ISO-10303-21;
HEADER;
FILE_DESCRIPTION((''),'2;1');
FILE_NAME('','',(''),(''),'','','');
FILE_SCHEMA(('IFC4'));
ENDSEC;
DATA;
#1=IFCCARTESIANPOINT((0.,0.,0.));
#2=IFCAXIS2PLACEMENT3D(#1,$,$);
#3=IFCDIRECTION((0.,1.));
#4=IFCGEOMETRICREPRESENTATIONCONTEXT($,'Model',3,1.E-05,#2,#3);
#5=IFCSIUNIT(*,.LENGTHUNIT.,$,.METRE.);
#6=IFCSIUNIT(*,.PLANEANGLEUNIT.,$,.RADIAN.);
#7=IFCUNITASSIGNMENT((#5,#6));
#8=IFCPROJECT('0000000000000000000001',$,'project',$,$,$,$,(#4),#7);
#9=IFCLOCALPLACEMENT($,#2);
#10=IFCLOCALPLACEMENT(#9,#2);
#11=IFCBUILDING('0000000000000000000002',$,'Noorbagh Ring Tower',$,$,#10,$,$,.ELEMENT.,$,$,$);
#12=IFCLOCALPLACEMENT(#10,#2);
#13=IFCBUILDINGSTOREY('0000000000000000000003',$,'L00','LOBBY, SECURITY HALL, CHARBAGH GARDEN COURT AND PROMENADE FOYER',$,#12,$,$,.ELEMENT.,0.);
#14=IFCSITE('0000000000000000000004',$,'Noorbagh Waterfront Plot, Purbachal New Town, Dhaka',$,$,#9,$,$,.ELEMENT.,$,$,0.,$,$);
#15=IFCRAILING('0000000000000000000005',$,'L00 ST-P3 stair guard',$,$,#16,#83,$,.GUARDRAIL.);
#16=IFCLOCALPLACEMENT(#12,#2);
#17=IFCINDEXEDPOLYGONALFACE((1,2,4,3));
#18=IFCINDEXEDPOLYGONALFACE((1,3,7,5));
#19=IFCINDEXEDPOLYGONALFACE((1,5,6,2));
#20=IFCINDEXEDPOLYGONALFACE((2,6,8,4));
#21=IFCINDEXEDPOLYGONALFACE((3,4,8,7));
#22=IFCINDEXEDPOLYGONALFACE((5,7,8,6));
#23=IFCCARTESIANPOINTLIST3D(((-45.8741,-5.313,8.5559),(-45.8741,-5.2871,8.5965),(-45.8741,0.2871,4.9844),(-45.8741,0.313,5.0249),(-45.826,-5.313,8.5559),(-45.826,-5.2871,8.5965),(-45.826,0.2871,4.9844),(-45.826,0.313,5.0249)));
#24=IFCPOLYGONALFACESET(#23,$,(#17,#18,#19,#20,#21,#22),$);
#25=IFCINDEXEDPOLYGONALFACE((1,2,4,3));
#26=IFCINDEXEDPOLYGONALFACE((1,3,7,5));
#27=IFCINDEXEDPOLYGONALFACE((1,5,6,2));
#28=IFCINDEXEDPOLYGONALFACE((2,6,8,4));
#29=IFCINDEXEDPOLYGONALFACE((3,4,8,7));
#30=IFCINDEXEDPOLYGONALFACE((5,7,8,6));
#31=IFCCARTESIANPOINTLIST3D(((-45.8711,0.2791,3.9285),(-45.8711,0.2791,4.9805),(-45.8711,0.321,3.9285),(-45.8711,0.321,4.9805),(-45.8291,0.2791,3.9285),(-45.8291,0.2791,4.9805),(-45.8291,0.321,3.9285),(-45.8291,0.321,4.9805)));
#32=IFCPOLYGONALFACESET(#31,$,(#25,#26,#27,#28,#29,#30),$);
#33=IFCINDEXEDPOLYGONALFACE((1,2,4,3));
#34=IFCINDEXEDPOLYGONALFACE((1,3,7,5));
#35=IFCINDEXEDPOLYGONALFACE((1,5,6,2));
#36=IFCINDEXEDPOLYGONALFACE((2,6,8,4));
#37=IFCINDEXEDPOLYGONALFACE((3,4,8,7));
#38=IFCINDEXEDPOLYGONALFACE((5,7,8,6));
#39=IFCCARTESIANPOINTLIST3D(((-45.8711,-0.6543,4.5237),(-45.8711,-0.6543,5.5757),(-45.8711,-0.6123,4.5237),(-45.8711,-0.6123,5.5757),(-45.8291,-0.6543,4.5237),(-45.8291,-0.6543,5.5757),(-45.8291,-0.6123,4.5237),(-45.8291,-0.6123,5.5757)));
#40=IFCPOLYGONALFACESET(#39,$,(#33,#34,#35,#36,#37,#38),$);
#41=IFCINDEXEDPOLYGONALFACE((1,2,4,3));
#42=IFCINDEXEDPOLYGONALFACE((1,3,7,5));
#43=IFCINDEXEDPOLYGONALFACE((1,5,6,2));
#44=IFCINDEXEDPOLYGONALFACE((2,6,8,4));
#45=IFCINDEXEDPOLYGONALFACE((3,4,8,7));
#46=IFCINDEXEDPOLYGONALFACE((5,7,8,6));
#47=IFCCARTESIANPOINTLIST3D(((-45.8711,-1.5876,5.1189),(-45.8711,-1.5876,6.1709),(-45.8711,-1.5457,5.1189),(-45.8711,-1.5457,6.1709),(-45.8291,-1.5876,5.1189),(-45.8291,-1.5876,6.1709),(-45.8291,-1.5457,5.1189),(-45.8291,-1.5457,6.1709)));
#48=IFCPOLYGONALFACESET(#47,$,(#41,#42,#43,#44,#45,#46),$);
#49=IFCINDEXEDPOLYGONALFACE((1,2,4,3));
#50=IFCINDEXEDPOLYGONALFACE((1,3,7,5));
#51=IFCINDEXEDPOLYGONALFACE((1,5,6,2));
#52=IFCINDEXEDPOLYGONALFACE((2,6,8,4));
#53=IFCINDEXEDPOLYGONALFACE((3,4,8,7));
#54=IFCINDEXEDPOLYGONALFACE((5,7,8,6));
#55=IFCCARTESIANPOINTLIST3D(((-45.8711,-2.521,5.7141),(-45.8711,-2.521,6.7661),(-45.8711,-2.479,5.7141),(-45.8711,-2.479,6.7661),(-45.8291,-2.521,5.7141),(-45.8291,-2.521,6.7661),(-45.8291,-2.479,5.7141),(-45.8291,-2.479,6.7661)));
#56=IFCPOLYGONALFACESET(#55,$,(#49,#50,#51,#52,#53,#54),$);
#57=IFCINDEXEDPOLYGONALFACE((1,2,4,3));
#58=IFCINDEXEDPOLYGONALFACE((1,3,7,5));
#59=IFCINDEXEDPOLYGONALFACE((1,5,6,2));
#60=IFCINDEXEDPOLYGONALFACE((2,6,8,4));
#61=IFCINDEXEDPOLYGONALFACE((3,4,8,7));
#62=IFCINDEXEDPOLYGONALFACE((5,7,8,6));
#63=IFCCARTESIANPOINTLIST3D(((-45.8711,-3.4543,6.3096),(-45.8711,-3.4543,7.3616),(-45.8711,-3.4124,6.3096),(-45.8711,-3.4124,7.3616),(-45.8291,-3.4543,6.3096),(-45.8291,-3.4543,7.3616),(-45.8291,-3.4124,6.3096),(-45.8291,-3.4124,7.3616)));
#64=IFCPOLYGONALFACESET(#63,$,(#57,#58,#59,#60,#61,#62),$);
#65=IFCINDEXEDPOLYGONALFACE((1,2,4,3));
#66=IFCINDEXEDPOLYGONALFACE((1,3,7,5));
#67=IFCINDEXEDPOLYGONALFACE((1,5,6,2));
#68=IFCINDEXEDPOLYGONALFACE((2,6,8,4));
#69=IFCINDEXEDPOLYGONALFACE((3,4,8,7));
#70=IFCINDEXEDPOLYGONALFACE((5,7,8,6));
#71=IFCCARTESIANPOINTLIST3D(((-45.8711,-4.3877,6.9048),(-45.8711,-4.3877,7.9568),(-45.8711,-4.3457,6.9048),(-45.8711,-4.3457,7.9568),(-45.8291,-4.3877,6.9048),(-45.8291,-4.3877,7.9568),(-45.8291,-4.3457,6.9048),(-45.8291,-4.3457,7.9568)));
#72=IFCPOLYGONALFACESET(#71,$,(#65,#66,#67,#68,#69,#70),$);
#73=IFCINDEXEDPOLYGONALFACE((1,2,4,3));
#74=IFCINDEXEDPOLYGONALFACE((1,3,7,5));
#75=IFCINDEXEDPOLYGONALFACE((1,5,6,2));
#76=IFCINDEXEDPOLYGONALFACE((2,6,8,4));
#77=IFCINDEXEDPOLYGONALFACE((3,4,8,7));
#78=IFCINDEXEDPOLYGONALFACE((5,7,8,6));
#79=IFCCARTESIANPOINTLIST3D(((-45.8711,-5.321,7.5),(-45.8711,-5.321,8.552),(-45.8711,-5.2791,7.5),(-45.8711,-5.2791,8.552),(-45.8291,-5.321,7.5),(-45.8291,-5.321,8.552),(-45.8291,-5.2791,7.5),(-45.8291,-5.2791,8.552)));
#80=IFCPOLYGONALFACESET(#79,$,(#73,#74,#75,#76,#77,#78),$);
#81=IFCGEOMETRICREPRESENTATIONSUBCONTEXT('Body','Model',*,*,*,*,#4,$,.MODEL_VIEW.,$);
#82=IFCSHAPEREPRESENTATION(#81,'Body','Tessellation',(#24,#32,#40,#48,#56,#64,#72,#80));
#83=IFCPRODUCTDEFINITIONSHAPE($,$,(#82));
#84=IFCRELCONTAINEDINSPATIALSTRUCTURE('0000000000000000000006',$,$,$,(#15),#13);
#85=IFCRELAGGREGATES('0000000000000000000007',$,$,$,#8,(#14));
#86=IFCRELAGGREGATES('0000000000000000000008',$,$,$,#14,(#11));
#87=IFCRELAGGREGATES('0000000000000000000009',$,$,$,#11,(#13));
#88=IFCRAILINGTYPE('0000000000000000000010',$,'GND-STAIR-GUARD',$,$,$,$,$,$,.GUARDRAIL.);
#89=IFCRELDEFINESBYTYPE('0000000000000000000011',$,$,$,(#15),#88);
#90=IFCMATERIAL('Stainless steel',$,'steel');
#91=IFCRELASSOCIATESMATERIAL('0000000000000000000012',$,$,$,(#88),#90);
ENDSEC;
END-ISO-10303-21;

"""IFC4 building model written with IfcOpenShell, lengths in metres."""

from ifc_helpers import new_model, si_unit, direction, frame, origin, origin_2d, place, context, subcontext, project, spatial, rectangle, extrude, material, type_object, element, save


model = new_model("IFC4")

# Units and contexts
model_context = context("Model", 3, precision=1e-05, world=origin(), true_north=direction((0.0, 1.0)))
body_context = subcontext(model_context, "Body", "Model", "MODEL_VIEW")
ifc_project = project(units=[si_unit("LENGTHUNIT", "METRE"), si_unit("PLANEANGLEUNIT", "RADIAN")], contexts=[model_context])

# Site, building, storey
site_placement = place(None, origin())
site = spatial("IfcSite", under=ifc_project, at=site_placement, Name="Noorbagh Waterfront Plot, Purbachal New Town, Dhaka", CompositionType="ELEMENT", RefElevation=0.0)
building_placement = place(site_placement, origin())
building = spatial("IfcBuilding", under=site, at=building_placement, Name="Noorbagh Ring Tower", CompositionType="ELEMENT")
storey_placement = place(building_placement, origin())
storey = spatial("IfcBuildingStorey", under=building, at=storey_placement, Name="L00", Description="LOBBY, SECURITY HALL, CHARBAGH GARDEN COURT AND PROMENADE FOYER", CompositionType="ELEMENT", Elevation=0.0)

# Railing
ifc_material_1 = material(Name="Stainless steel", Category="steel")
railing_type = type_object("IfcRailingType", Name="GND-STAIR-GUARD", PredefinedType="GUARDRAIL", material=ifc_material_1)
railing_placement = place(storey_placement, frame((-45.8501, 0.3, 3.9285)))
element("IfcRailing", 1, at=railing_placement, inside=storey, type_object=railing_type, Name="L00 ST-P3 stair guard", PredefinedType="GUARDRAIL", context=body_context, shape_type="SweptSolid", body=[
    extrude(rectangle(XDim=0.0481, YDim=0.0481, at=origin_2d()), frame((0.0, 0.0, 1.0762), z_axis=(0.0, -0.843127, 0.537715), x_axis=(1.0, 0.0, 0.0)), (0.0, 0.0, 1.0), 6.6421),
    extrude(rectangle(XDim=0.042, YDim=0.042, at=origin_2d()), origin(), (0.0, 0.0, 1.0), 1.052),
    extrude(rectangle(XDim=0.042, YDim=0.042, at=origin_2d()), frame((0.0, -0.9333, 0.5952)), (0.0, 0.0, 1.0), 1.052),
    extrude(rectangle(XDim=0.042, YDim=0.042, at=origin_2d()), frame((0.0, -1.8667, 1.1904)), (0.0, 0.0, 1.0), 1.052),
    extrude(rectangle(XDim=0.042, YDim=0.042, at=origin_2d()), frame((0.0, -2.8, 1.7856)), (0.0, 0.0, 1.0), 1.052),
    extrude(rectangle(XDim=0.042, YDim=0.042, at=origin_2d()), frame((0.0, -3.7334, 2.3811)), (0.0, 0.0, 1.0), 1.052),
    extrude(rectangle(XDim=0.042, YDim=0.042, at=origin_2d()), frame((0.0, -4.6667, 2.9763)), (0.0, 0.0, 1.0), 1.052),
    extrude(rectangle(XDim=0.042, YDim=0.042, at=origin_2d()), frame((0.0, -5.6001, 3.5715)), (0.0, 0.0, 1.0), 1.052),
])

save(model, "model.ifc")
